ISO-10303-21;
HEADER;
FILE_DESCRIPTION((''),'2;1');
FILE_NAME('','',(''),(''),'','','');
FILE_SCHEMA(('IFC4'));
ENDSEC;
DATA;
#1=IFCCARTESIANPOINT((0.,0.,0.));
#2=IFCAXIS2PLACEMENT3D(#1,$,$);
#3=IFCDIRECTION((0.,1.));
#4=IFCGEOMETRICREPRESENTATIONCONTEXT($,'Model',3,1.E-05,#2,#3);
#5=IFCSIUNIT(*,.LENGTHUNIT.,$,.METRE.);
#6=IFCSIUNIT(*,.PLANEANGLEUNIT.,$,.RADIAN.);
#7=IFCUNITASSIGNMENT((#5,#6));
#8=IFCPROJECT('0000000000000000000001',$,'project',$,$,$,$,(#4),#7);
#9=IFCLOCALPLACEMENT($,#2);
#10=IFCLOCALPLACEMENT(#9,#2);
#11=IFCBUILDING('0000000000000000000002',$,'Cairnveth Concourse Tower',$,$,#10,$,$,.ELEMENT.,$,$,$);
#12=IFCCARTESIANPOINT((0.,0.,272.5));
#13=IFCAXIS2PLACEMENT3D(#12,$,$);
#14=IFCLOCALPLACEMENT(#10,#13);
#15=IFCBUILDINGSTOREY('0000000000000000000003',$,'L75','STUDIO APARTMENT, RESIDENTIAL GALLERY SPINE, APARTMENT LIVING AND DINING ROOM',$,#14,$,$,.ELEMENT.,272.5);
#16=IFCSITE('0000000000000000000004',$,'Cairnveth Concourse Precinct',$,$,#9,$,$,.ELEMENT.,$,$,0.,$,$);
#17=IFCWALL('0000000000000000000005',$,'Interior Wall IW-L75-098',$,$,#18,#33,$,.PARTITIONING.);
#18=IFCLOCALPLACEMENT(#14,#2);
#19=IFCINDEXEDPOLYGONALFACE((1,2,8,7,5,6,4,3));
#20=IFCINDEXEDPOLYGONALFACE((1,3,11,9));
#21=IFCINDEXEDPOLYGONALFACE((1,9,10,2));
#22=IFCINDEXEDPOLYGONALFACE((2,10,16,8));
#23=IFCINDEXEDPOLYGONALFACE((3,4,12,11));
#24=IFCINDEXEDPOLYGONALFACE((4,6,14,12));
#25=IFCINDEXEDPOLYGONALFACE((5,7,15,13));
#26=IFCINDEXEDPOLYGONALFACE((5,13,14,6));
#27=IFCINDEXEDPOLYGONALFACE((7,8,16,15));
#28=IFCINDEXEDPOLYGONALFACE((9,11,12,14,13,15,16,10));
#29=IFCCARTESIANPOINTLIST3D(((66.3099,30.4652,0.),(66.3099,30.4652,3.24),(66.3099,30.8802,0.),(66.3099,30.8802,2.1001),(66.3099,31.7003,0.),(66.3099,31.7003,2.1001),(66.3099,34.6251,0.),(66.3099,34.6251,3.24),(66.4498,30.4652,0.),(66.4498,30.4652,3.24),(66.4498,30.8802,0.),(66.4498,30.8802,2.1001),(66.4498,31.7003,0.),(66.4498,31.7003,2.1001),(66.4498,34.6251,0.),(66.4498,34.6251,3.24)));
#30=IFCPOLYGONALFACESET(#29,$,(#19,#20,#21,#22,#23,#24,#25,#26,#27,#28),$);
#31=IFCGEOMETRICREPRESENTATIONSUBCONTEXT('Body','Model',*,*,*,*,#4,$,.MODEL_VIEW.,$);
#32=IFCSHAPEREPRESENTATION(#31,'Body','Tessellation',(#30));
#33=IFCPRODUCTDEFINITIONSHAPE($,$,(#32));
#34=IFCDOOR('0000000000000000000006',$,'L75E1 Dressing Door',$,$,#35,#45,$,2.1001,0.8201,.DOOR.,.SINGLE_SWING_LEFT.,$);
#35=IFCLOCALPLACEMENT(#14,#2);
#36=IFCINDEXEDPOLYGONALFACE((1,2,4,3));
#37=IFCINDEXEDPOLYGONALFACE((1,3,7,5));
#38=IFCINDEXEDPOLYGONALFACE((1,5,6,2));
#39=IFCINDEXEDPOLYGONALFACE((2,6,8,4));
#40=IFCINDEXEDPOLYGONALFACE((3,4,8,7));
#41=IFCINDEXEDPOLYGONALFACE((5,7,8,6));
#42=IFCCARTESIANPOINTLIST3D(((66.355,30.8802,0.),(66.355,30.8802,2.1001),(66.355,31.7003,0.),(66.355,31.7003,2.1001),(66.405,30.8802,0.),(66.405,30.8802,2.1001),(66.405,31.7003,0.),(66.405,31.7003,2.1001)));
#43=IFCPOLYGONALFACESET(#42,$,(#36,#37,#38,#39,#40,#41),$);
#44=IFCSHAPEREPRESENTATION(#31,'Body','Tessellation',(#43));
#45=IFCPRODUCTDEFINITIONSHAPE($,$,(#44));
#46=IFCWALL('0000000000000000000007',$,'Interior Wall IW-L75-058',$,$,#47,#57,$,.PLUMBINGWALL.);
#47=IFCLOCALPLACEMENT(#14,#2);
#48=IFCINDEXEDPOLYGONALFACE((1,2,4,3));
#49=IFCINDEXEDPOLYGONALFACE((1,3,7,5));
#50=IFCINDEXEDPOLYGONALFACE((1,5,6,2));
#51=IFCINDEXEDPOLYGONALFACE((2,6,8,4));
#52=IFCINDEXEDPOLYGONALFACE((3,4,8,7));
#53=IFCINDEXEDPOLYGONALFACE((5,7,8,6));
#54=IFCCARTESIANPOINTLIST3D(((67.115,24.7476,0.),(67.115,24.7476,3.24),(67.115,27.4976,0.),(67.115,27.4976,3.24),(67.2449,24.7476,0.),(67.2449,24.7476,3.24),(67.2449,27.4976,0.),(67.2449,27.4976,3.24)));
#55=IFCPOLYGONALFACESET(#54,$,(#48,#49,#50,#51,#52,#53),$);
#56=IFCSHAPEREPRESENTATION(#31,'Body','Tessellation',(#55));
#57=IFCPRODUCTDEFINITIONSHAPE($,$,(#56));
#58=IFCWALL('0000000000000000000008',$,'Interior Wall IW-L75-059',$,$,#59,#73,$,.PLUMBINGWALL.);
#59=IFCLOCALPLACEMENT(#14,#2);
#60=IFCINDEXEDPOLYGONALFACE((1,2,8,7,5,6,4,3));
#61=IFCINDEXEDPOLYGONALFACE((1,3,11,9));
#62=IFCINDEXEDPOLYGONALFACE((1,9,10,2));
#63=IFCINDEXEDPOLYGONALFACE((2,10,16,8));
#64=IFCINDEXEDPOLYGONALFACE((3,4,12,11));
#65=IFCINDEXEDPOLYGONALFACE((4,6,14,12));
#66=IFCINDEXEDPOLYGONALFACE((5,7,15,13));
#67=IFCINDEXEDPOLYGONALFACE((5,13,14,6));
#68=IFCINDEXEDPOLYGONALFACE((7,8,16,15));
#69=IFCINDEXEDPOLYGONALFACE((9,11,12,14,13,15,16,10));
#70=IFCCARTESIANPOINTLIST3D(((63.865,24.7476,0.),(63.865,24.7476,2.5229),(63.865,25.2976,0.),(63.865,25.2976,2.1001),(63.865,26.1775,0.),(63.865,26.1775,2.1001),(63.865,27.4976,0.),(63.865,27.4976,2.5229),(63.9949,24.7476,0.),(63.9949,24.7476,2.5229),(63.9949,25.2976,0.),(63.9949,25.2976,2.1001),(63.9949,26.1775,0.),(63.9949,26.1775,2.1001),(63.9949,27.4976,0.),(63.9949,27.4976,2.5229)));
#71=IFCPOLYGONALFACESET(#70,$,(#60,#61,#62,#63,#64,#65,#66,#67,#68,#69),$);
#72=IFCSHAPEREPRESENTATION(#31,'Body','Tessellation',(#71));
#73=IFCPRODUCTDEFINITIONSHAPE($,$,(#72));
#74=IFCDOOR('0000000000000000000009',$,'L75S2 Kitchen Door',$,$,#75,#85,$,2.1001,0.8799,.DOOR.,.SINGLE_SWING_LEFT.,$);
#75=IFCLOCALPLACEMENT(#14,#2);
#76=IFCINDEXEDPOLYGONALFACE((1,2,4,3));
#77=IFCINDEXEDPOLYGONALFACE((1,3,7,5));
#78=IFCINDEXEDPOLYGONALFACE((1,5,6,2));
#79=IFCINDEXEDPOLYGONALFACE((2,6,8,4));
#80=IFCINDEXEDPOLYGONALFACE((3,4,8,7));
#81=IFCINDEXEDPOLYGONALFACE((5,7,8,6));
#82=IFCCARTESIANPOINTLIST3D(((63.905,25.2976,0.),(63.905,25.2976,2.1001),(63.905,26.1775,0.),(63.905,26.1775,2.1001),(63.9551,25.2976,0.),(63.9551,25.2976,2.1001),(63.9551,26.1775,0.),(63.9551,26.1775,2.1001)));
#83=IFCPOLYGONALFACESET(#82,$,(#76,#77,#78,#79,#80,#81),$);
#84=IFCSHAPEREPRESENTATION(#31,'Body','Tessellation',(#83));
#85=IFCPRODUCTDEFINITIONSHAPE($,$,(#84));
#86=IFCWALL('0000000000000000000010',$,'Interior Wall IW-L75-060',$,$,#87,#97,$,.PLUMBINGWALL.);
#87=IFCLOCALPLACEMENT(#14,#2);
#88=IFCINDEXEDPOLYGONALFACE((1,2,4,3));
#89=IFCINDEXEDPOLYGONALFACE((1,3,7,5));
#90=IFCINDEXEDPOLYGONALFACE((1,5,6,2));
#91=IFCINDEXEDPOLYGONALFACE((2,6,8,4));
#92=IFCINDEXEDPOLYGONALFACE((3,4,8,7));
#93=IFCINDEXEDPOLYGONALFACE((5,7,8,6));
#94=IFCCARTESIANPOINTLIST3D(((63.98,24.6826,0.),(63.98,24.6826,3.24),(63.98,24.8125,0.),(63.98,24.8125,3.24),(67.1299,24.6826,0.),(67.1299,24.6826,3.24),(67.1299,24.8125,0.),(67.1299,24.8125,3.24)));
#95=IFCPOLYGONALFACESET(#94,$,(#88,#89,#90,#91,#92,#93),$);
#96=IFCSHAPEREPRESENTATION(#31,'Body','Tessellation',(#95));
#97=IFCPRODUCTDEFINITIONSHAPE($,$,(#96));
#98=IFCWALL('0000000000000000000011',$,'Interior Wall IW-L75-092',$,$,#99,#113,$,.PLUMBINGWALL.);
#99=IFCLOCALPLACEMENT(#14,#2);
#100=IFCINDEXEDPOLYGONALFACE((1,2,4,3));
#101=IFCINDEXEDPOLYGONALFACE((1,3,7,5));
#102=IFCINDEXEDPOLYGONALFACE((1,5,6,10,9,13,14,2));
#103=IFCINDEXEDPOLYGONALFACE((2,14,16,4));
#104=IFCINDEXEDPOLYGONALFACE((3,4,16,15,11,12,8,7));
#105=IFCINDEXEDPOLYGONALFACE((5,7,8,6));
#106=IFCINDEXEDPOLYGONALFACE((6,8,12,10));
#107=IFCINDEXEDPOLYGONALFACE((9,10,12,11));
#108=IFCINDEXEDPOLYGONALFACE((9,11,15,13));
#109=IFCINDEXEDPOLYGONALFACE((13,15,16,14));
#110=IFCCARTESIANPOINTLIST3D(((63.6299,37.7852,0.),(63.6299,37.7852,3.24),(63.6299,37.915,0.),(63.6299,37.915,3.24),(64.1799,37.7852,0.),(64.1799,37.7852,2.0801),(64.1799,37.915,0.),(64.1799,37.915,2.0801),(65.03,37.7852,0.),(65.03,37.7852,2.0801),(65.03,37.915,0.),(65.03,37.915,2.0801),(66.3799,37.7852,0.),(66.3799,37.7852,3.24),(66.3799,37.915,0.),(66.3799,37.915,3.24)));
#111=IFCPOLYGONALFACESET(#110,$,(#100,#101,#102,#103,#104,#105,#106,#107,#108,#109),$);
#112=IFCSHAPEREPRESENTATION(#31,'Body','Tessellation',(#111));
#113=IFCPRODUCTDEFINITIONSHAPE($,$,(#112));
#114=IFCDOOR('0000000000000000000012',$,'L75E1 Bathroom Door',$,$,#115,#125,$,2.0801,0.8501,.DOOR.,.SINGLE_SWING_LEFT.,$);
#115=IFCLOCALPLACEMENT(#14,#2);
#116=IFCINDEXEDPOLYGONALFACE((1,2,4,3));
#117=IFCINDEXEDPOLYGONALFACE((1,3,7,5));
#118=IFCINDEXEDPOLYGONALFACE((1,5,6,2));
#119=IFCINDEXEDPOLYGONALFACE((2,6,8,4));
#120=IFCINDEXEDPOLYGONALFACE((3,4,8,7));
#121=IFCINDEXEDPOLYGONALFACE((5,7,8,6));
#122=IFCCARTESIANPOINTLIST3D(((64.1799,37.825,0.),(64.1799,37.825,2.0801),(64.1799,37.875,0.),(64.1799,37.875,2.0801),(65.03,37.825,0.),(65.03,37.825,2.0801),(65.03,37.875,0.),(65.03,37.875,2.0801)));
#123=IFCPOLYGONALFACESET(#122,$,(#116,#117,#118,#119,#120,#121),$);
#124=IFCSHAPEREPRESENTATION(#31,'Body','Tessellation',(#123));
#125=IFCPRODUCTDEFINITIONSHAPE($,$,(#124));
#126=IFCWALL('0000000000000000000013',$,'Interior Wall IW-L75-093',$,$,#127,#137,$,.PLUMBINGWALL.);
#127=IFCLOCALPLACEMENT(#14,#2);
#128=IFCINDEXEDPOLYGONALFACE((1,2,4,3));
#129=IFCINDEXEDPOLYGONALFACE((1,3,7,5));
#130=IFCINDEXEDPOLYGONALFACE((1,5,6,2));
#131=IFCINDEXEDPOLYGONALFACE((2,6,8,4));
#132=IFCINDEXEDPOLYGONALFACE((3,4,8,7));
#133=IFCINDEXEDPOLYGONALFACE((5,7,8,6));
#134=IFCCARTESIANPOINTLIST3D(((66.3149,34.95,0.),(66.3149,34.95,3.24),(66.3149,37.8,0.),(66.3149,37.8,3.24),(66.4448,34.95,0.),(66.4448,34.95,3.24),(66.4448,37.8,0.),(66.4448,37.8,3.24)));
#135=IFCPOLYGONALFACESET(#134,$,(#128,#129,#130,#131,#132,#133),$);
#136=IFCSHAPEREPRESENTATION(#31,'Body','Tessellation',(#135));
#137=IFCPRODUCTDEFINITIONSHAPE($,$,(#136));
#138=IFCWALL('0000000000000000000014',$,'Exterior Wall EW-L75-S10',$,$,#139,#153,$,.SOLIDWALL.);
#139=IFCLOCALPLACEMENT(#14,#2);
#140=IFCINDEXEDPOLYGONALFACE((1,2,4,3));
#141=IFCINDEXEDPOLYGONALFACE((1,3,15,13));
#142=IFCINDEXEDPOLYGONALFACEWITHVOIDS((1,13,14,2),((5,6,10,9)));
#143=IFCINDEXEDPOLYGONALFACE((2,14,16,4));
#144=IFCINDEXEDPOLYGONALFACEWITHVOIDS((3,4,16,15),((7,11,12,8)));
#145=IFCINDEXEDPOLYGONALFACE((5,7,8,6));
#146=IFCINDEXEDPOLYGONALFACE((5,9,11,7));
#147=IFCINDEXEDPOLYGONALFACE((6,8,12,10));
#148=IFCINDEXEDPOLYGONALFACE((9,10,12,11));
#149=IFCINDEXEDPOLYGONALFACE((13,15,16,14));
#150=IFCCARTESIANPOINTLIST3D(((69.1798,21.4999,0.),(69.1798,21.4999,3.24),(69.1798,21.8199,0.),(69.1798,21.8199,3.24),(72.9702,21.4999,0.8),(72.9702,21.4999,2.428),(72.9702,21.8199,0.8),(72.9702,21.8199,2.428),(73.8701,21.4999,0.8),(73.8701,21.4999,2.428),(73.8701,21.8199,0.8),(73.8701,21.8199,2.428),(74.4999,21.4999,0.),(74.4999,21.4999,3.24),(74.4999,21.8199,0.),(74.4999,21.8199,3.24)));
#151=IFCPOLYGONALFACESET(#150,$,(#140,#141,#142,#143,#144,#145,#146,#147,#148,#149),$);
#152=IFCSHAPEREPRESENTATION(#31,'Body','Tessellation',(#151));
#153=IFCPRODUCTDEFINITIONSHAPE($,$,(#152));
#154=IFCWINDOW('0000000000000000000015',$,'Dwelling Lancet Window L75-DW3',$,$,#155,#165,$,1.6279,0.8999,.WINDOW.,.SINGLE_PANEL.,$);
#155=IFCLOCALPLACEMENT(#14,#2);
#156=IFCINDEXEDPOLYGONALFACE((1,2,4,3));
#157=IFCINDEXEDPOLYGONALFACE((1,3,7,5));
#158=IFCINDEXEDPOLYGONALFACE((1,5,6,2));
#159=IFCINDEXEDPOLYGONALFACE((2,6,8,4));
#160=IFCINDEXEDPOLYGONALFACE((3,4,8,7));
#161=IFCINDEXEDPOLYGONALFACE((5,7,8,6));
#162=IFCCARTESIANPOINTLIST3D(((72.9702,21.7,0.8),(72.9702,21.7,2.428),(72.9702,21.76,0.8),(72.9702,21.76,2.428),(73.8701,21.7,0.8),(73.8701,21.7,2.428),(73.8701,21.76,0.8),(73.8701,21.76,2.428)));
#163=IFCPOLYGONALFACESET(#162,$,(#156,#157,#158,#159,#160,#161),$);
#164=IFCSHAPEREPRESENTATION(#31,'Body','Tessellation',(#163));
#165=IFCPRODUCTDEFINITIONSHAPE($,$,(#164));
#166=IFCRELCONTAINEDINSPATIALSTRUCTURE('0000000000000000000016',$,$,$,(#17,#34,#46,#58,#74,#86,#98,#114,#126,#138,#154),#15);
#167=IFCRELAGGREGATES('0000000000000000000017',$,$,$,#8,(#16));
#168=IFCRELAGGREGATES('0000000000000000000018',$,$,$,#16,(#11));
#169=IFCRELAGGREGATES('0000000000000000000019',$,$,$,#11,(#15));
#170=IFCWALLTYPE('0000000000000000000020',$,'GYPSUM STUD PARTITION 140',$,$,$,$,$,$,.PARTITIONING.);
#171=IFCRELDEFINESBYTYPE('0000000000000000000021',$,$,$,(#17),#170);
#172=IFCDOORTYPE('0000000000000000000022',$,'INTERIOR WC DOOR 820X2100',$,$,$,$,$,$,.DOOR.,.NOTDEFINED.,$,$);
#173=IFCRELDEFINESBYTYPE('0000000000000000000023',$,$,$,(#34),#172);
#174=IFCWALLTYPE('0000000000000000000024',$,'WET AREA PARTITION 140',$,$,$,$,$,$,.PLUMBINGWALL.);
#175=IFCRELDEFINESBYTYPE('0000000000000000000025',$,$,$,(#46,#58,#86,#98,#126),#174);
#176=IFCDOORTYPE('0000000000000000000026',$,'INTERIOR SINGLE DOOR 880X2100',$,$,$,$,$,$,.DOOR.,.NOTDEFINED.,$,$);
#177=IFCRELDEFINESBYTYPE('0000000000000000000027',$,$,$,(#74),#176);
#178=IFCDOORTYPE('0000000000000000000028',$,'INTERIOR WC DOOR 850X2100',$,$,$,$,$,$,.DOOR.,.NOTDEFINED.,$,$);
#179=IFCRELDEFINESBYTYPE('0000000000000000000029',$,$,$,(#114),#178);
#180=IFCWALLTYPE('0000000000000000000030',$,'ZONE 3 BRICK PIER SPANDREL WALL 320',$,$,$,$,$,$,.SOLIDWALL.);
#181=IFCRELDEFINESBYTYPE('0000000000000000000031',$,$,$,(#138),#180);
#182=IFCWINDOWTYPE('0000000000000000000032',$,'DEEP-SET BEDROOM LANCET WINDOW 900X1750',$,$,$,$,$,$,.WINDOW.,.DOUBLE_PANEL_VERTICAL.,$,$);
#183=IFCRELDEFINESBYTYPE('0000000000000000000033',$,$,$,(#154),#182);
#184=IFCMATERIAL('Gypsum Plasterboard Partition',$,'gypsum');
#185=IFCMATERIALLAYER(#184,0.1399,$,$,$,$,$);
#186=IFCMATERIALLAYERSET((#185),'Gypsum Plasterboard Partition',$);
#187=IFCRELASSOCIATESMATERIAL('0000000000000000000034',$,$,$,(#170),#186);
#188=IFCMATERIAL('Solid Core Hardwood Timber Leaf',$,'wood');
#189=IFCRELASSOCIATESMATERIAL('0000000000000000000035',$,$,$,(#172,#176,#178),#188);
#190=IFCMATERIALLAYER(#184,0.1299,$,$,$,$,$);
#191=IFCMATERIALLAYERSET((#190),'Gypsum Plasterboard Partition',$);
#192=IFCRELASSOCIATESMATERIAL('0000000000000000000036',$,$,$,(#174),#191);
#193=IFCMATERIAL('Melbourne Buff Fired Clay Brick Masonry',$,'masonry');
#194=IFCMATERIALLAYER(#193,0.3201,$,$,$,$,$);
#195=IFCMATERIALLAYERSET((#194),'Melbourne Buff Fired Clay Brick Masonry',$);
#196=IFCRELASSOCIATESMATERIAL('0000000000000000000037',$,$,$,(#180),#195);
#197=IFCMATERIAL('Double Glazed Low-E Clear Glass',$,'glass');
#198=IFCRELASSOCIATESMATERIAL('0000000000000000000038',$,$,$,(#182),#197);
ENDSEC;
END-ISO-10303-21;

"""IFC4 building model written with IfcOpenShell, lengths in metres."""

from ifc_helpers import new_model, si_unit, direction, frame, frame_2d, origin, place, context, subcontext, project, spatial, rectangle, extrude, material, layer, layer_set, type_object, element, fill, save


model = new_model("IFC4")

# Units and contexts
model_context = context("Model", 3, precision=1e-05, world=origin(), true_north=direction((0.0, 1.0)))
body_context = subcontext(model_context, "Body", "Model", "MODEL_VIEW")
ifc_project = project(units=[si_unit("LENGTHUNIT", "METRE"), si_unit("PLANEANGLEUNIT", "RADIAN")], contexts=[model_context])

# Site, building, storey
site_placement = place(None, origin())
site = spatial("IfcSite", under=ifc_project, at=site_placement, Name="Cairnveth Concourse Precinct", CompositionType="ELEMENT", RefElevation=0.0)
building_placement = place(site_placement, origin())
building = spatial("IfcBuilding", under=site, at=building_placement, Name="Cairnveth Concourse Tower", CompositionType="ELEMENT")
storey_placement = place(building_placement, frame((0.0, 0.0, 272.5)))
storey = spatial("IfcBuildingStorey", under=building, at=storey_placement, Name="L75", Description="STUDIO APARTMENT, RESIDENTIAL GALLERY SPINE, APARTMENT LIVING AND DINING ROOM", CompositionType="ELEMENT", Elevation=272.5)

# Wall, opening, door
ifc_material_1 = material(Name="Gypsum Plasterboard Partition", Category="gypsum")
ifc_layer_1 = layer(ifc_material_1, 0.1399)
ifc_layer_set_1 = layer_set([ifc_layer_1], Name="Gypsum Plasterboard Partition")
wall_type_1 = type_object("IfcWallType", Name="GYPSUM STUD PARTITION 140", PredefinedType="PARTITIONING", material=ifc_layer_set_1)
ifc_material_2 = material(Name="Solid Core Hardwood Timber Leaf", Category="wood")
door_type_1 = type_object("IfcDoorType", Name="INTERIOR WC DOOR 820X2100", OperationType="NOTDEFINED", PredefinedType="DOOR", material=ifc_material_2)
door_type_2 = type_object("IfcDoorType", Name="INTERIOR SINGLE DOOR 880X2100", OperationType="NOTDEFINED", PredefinedType="DOOR", material=ifc_material_2)
wall_1_placement = place(storey_placement, frame((66.3799, 30.4651, 0.0), z_axis=(0.0, 0.0, 1.0), x_axis=(0.0, 1.0, 0.0)))
wall_1 = element("IfcWall", 1, at=wall_1_placement, inside=storey, type_object=wall_type_1, Name="Interior Wall IW-L75-098", PredefinedType="PARTITIONING", context=body_context, shape_type="SweptSolid", body=[
    extrude(rectangle(XDim=4.1599, YDim=0.1399, at=frame_2d((2.0801, 0.0))), origin(), (0.0, 0.0, 1.0), 3.24),
])
opening_1_placement = place(wall_1_placement, frame((0.415, 0.0, 0.0)))
opening_1 = element("IfcOpeningElement", 2, at=opening_1_placement, cuts=wall_1, PredefinedType="OPENING", context=body_context, shape_type="SweptSolid", body=[
    extrude(rectangle(XDim=0.8201, YDim=2.1001, at=frame_2d((0.4102, 1.05))), frame((0.0, 0.0798, 0.0), z_axis=(0.0, -1.0, 0.0), x_axis=(1.0, 0.0, 0.0)), (0.0, 0.0, 1.0), 0.1599),
])
door_1_placement = place(opening_1_placement, origin())
door_1 = element("IfcDoor", 3, at=door_1_placement, inside=storey, type_object=door_type_1, Name="L75E1 Dressing Door", OperationType="SINGLE_SWING_LEFT", OverallHeight=2.1001, OverallWidth=0.8201, PredefinedType="DOOR", context=body_context, shape_type="SweptSolid", body=[
    extrude(rectangle(XDim=0.8201, YDim=2.1001, at=frame_2d((0.4102, 1.05))), frame((0.0, 0.0249, 0.0), z_axis=(0.0, -1.0, 0.0), x_axis=(1.0, 0.0, 0.0)), (0.0, 0.0, 1.0), 0.05),
])
fill(opening_1, door_1)

# Wall
ifc_layer_2 = layer(ifc_material_1, 0.1299)
ifc_layer_set_2 = layer_set([ifc_layer_2], Name="Gypsum Plasterboard Partition")
wall_type_2 = type_object("IfcWallType", Name="WET AREA PARTITION 140", PredefinedType="PLUMBINGWALL", material=ifc_layer_set_2)
wall_2_placement = place(storey_placement, frame((67.1799, 24.7476, 0.0), z_axis=(0.0, 0.0, 1.0), x_axis=(0.0, 1.0, 0.0)))
element("IfcWall", 4, at=wall_2_placement, inside=storey, type_object=wall_type_2, Name="Interior Wall IW-L75-058", PredefinedType="PLUMBINGWALL", context=body_context, shape_type="SweptSolid", body=[
    extrude(rectangle(XDim=2.75, YDim=0.1299, at=frame_2d((1.375, 0.0))), origin(), (0.0, 0.0, 1.0), 3.24),
])

# Wall, opening, door
wall_3_placement = place(storey_placement, frame((63.9299, 24.7476, 0.0), z_axis=(0.0, 0.0, 1.0), x_axis=(0.0, 1.0, 0.0)))
wall_3 = element("IfcWall", 5, at=wall_3_placement, inside=storey, type_object=wall_type_2, Name="Interior Wall IW-L75-059", PredefinedType="PLUMBINGWALL", context=body_context, shape_type="SweptSolid", body=[
    extrude(rectangle(XDim=2.75, YDim=0.1299, at=frame_2d((1.375, 0.0))), origin(), (0.0, 0.0, 1.0), 2.5229),
])
opening_2_placement = place(wall_3_placement, frame((0.55, 0.0, 0.0)))
opening_2 = element("IfcOpeningElement", 6, at=opening_2_placement, cuts=wall_3, PredefinedType="OPENING", context=body_context, shape_type="SweptSolid", body=[
    extrude(rectangle(XDim=0.8799, YDim=2.1001, at=frame_2d((0.4399, 1.05))), frame((0.0, 0.075, 0.0), z_axis=(0.0, -1.0, 0.0), x_axis=(1.0, 0.0, 0.0)), (0.0, 0.0, 1.0), 0.1499),
])
door_2_placement = place(opening_2_placement, origin())
door_2 = element("IfcDoor", 7, at=door_2_placement, inside=storey, type_object=door_type_2, Name="L75S2 Kitchen Door", OperationType="SINGLE_SWING_LEFT", OverallHeight=2.1001, OverallWidth=0.8799, PredefinedType="DOOR", context=body_context, shape_type="SweptSolid", body=[
    extrude(rectangle(XDim=0.8799, YDim=2.1001, at=frame_2d((0.4399, 1.05))), frame((0.0, 0.0249, 0.0), z_axis=(0.0, -1.0, 0.0), x_axis=(1.0, 0.0, 0.0)), (0.0, 0.0, 1.0), 0.05),
])
fill(opening_2, door_2)

# Wall
wall_4_placement = place(storey_placement, frame((63.98, 24.7476, 0.0), z_axis=(0.0, 0.0, 1.0), x_axis=(1.0, 0.0, 0.0)))
element("IfcWall", 8, at=wall_4_placement, inside=storey, type_object=wall_type_2, Name="Interior Wall IW-L75-060", PredefinedType="PLUMBINGWALL", context=body_context, shape_type="SweptSolid", body=[
    extrude(rectangle(XDim=3.1499, YDim=0.1299, at=frame_2d((1.575, 0.0))), origin(), (0.0, 0.0, 1.0), 3.24),
])

# Wall, opening, door
wall_5_placement = place(storey_placement, frame((63.6299, 37.8501, 0.0), z_axis=(0.0, 0.0, 1.0), x_axis=(1.0, 0.0, 0.0)))
wall_5 = element("IfcWall", 9, at=wall_5_placement, inside=storey, type_object=wall_type_2, Name="Interior Wall IW-L75-092", PredefinedType="PLUMBINGWALL", context=body_context, shape_type="SweptSolid", body=[
    extrude(rectangle(XDim=2.75, YDim=0.1299, at=frame_2d((1.375, 0.0))), origin(), (0.0, 0.0, 1.0), 3.24),
])
opening_3_placement = place(wall_5_placement, frame((0.55, 0.0, 0.0)))
opening_3 = element("IfcOpeningElement", 10, at=opening_3_placement, cuts=wall_5, PredefinedType="OPENING", context=body_context, shape_type="SweptSolid", body=[
    extrude(rectangle(XDim=0.8501, YDim=2.0801, at=frame_2d((0.425, 1.04))), frame((0.0, 0.075, 0.0), z_axis=(0.0, -1.0, 0.0), x_axis=(1.0, 0.0, 0.0)), (0.0, 0.0, 1.0), 0.1499),
])
door_type_3 = type_object("IfcDoorType", Name="INTERIOR WC DOOR 850X2100", OperationType="NOTDEFINED", PredefinedType="DOOR", material=ifc_material_2)
door_3_placement = place(opening_3_placement, origin())
door_3 = element("IfcDoor", 11, at=door_3_placement, inside=storey, type_object=door_type_3, Name="L75E1 Bathroom Door", OperationType="SINGLE_SWING_LEFT", OverallHeight=2.0801, OverallWidth=0.8501, PredefinedType="DOOR", context=body_context, shape_type="SweptSolid", body=[
    extrude(rectangle(XDim=0.8501, YDim=2.0801, at=frame_2d((0.425, 1.04))), frame((0.0, 0.0249, 0.0), z_axis=(0.0, -1.0, 0.0), x_axis=(1.0, 0.0, 0.0)), (0.0, 0.0, 1.0), 0.05),
])
fill(opening_3, door_3)

# Wall
wall_6_placement = place(storey_placement, frame((66.3799, 34.95, 0.0), z_axis=(0.0, 0.0, 1.0), x_axis=(0.0, 1.0, 0.0)))
element("IfcWall", 12, at=wall_6_placement, inside=storey, type_object=wall_type_2, Name="Interior Wall IW-L75-093", PredefinedType="PLUMBINGWALL", context=body_context, shape_type="SweptSolid", body=[
    extrude(rectangle(XDim=2.8501, YDim=0.1299, at=frame_2d((1.425, 0.0))), origin(), (0.0, 0.0, 1.0), 3.24),
])

# Wall, opening, window
ifc_material_3 = material(Name="Melbourne Buff Fired Clay Brick Masonry", Category="masonry")
ifc_layer_3 = layer(ifc_material_3, 0.3201)
ifc_layer_set_3 = layer_set([ifc_layer_3], Name="Melbourne Buff Fired Clay Brick Masonry")
wall_type_3 = type_object("IfcWallType", Name="ZONE 3 BRICK PIER SPANDREL WALL 320", PredefinedType="SOLIDWALL", material=ifc_layer_set_3)
wall_7_placement = place(storey_placement, frame((74.5, 21.6599, 0.0), z_axis=(0.0, 0.0, 1.0), x_axis=(-1.0, 0.0, 0.0)))
wall_7 = element("IfcWall", 13, at=wall_7_placement, inside=storey, type_object=wall_type_3, Name="Exterior Wall EW-L75-S10", PredefinedType="SOLIDWALL", context=body_context, shape_type="SweptSolid", body=[
    extrude(rectangle(XDim=5.3201, YDim=0.3201, at=frame_2d((2.6602, 0.0))), origin(), (0.0, 0.0, 1.0), 3.24),
])
opening_4_placement = place(wall_7_placement, frame((0.6299, 0.0, 0.8)))
opening_4 = element("IfcOpeningElement", 14, at=opening_4_placement, cuts=wall_7, PredefinedType="OPENING", context=body_context, shape_type="SweptSolid", body=[
    extrude(rectangle(XDim=0.8999, YDim=1.6279, at=frame_2d((0.45, 0.814))), frame((0.0, 0.1699, 0.0), z_axis=(0.0, -1.0, 0.0), x_axis=(1.0, 0.0, 0.0)), (0.0, 0.0, 1.0), 0.3401),
])
ifc_material_4 = material(Name="Double Glazed Low-E Clear Glass", Category="glass")
window_type = type_object("IfcWindowType", Name="DEEP-SET BEDROOM LANCET WINDOW 900X1750", PartitioningType="DOUBLE_PANEL_VERTICAL", PredefinedType="WINDOW", material=ifc_material_4)
window_placement = place(opening_4_placement, origin())
window = element("IfcWindow", 15, at=window_placement, inside=storey, type_object=window_type, Name="Dwelling Lancet Window L75-DW3", OverallHeight=1.6279, OverallWidth=0.8999, PartitioningType="SINGLE_PANEL", PredefinedType="WINDOW", context=body_context, shape_type="SweptSolid", body=[
    extrude(rectangle(XDim=0.8999, YDim=1.6279, at=frame_2d((0.45, 0.814))), frame((0.0, -0.04, 0.0), z_axis=(0.0, -1.0, 0.0), x_axis=(1.0, 0.0, 0.0)), (0.0, 0.0, 1.0), 0.0601),
])
fill(opening_4, window)

save(model, "model.ifc")
